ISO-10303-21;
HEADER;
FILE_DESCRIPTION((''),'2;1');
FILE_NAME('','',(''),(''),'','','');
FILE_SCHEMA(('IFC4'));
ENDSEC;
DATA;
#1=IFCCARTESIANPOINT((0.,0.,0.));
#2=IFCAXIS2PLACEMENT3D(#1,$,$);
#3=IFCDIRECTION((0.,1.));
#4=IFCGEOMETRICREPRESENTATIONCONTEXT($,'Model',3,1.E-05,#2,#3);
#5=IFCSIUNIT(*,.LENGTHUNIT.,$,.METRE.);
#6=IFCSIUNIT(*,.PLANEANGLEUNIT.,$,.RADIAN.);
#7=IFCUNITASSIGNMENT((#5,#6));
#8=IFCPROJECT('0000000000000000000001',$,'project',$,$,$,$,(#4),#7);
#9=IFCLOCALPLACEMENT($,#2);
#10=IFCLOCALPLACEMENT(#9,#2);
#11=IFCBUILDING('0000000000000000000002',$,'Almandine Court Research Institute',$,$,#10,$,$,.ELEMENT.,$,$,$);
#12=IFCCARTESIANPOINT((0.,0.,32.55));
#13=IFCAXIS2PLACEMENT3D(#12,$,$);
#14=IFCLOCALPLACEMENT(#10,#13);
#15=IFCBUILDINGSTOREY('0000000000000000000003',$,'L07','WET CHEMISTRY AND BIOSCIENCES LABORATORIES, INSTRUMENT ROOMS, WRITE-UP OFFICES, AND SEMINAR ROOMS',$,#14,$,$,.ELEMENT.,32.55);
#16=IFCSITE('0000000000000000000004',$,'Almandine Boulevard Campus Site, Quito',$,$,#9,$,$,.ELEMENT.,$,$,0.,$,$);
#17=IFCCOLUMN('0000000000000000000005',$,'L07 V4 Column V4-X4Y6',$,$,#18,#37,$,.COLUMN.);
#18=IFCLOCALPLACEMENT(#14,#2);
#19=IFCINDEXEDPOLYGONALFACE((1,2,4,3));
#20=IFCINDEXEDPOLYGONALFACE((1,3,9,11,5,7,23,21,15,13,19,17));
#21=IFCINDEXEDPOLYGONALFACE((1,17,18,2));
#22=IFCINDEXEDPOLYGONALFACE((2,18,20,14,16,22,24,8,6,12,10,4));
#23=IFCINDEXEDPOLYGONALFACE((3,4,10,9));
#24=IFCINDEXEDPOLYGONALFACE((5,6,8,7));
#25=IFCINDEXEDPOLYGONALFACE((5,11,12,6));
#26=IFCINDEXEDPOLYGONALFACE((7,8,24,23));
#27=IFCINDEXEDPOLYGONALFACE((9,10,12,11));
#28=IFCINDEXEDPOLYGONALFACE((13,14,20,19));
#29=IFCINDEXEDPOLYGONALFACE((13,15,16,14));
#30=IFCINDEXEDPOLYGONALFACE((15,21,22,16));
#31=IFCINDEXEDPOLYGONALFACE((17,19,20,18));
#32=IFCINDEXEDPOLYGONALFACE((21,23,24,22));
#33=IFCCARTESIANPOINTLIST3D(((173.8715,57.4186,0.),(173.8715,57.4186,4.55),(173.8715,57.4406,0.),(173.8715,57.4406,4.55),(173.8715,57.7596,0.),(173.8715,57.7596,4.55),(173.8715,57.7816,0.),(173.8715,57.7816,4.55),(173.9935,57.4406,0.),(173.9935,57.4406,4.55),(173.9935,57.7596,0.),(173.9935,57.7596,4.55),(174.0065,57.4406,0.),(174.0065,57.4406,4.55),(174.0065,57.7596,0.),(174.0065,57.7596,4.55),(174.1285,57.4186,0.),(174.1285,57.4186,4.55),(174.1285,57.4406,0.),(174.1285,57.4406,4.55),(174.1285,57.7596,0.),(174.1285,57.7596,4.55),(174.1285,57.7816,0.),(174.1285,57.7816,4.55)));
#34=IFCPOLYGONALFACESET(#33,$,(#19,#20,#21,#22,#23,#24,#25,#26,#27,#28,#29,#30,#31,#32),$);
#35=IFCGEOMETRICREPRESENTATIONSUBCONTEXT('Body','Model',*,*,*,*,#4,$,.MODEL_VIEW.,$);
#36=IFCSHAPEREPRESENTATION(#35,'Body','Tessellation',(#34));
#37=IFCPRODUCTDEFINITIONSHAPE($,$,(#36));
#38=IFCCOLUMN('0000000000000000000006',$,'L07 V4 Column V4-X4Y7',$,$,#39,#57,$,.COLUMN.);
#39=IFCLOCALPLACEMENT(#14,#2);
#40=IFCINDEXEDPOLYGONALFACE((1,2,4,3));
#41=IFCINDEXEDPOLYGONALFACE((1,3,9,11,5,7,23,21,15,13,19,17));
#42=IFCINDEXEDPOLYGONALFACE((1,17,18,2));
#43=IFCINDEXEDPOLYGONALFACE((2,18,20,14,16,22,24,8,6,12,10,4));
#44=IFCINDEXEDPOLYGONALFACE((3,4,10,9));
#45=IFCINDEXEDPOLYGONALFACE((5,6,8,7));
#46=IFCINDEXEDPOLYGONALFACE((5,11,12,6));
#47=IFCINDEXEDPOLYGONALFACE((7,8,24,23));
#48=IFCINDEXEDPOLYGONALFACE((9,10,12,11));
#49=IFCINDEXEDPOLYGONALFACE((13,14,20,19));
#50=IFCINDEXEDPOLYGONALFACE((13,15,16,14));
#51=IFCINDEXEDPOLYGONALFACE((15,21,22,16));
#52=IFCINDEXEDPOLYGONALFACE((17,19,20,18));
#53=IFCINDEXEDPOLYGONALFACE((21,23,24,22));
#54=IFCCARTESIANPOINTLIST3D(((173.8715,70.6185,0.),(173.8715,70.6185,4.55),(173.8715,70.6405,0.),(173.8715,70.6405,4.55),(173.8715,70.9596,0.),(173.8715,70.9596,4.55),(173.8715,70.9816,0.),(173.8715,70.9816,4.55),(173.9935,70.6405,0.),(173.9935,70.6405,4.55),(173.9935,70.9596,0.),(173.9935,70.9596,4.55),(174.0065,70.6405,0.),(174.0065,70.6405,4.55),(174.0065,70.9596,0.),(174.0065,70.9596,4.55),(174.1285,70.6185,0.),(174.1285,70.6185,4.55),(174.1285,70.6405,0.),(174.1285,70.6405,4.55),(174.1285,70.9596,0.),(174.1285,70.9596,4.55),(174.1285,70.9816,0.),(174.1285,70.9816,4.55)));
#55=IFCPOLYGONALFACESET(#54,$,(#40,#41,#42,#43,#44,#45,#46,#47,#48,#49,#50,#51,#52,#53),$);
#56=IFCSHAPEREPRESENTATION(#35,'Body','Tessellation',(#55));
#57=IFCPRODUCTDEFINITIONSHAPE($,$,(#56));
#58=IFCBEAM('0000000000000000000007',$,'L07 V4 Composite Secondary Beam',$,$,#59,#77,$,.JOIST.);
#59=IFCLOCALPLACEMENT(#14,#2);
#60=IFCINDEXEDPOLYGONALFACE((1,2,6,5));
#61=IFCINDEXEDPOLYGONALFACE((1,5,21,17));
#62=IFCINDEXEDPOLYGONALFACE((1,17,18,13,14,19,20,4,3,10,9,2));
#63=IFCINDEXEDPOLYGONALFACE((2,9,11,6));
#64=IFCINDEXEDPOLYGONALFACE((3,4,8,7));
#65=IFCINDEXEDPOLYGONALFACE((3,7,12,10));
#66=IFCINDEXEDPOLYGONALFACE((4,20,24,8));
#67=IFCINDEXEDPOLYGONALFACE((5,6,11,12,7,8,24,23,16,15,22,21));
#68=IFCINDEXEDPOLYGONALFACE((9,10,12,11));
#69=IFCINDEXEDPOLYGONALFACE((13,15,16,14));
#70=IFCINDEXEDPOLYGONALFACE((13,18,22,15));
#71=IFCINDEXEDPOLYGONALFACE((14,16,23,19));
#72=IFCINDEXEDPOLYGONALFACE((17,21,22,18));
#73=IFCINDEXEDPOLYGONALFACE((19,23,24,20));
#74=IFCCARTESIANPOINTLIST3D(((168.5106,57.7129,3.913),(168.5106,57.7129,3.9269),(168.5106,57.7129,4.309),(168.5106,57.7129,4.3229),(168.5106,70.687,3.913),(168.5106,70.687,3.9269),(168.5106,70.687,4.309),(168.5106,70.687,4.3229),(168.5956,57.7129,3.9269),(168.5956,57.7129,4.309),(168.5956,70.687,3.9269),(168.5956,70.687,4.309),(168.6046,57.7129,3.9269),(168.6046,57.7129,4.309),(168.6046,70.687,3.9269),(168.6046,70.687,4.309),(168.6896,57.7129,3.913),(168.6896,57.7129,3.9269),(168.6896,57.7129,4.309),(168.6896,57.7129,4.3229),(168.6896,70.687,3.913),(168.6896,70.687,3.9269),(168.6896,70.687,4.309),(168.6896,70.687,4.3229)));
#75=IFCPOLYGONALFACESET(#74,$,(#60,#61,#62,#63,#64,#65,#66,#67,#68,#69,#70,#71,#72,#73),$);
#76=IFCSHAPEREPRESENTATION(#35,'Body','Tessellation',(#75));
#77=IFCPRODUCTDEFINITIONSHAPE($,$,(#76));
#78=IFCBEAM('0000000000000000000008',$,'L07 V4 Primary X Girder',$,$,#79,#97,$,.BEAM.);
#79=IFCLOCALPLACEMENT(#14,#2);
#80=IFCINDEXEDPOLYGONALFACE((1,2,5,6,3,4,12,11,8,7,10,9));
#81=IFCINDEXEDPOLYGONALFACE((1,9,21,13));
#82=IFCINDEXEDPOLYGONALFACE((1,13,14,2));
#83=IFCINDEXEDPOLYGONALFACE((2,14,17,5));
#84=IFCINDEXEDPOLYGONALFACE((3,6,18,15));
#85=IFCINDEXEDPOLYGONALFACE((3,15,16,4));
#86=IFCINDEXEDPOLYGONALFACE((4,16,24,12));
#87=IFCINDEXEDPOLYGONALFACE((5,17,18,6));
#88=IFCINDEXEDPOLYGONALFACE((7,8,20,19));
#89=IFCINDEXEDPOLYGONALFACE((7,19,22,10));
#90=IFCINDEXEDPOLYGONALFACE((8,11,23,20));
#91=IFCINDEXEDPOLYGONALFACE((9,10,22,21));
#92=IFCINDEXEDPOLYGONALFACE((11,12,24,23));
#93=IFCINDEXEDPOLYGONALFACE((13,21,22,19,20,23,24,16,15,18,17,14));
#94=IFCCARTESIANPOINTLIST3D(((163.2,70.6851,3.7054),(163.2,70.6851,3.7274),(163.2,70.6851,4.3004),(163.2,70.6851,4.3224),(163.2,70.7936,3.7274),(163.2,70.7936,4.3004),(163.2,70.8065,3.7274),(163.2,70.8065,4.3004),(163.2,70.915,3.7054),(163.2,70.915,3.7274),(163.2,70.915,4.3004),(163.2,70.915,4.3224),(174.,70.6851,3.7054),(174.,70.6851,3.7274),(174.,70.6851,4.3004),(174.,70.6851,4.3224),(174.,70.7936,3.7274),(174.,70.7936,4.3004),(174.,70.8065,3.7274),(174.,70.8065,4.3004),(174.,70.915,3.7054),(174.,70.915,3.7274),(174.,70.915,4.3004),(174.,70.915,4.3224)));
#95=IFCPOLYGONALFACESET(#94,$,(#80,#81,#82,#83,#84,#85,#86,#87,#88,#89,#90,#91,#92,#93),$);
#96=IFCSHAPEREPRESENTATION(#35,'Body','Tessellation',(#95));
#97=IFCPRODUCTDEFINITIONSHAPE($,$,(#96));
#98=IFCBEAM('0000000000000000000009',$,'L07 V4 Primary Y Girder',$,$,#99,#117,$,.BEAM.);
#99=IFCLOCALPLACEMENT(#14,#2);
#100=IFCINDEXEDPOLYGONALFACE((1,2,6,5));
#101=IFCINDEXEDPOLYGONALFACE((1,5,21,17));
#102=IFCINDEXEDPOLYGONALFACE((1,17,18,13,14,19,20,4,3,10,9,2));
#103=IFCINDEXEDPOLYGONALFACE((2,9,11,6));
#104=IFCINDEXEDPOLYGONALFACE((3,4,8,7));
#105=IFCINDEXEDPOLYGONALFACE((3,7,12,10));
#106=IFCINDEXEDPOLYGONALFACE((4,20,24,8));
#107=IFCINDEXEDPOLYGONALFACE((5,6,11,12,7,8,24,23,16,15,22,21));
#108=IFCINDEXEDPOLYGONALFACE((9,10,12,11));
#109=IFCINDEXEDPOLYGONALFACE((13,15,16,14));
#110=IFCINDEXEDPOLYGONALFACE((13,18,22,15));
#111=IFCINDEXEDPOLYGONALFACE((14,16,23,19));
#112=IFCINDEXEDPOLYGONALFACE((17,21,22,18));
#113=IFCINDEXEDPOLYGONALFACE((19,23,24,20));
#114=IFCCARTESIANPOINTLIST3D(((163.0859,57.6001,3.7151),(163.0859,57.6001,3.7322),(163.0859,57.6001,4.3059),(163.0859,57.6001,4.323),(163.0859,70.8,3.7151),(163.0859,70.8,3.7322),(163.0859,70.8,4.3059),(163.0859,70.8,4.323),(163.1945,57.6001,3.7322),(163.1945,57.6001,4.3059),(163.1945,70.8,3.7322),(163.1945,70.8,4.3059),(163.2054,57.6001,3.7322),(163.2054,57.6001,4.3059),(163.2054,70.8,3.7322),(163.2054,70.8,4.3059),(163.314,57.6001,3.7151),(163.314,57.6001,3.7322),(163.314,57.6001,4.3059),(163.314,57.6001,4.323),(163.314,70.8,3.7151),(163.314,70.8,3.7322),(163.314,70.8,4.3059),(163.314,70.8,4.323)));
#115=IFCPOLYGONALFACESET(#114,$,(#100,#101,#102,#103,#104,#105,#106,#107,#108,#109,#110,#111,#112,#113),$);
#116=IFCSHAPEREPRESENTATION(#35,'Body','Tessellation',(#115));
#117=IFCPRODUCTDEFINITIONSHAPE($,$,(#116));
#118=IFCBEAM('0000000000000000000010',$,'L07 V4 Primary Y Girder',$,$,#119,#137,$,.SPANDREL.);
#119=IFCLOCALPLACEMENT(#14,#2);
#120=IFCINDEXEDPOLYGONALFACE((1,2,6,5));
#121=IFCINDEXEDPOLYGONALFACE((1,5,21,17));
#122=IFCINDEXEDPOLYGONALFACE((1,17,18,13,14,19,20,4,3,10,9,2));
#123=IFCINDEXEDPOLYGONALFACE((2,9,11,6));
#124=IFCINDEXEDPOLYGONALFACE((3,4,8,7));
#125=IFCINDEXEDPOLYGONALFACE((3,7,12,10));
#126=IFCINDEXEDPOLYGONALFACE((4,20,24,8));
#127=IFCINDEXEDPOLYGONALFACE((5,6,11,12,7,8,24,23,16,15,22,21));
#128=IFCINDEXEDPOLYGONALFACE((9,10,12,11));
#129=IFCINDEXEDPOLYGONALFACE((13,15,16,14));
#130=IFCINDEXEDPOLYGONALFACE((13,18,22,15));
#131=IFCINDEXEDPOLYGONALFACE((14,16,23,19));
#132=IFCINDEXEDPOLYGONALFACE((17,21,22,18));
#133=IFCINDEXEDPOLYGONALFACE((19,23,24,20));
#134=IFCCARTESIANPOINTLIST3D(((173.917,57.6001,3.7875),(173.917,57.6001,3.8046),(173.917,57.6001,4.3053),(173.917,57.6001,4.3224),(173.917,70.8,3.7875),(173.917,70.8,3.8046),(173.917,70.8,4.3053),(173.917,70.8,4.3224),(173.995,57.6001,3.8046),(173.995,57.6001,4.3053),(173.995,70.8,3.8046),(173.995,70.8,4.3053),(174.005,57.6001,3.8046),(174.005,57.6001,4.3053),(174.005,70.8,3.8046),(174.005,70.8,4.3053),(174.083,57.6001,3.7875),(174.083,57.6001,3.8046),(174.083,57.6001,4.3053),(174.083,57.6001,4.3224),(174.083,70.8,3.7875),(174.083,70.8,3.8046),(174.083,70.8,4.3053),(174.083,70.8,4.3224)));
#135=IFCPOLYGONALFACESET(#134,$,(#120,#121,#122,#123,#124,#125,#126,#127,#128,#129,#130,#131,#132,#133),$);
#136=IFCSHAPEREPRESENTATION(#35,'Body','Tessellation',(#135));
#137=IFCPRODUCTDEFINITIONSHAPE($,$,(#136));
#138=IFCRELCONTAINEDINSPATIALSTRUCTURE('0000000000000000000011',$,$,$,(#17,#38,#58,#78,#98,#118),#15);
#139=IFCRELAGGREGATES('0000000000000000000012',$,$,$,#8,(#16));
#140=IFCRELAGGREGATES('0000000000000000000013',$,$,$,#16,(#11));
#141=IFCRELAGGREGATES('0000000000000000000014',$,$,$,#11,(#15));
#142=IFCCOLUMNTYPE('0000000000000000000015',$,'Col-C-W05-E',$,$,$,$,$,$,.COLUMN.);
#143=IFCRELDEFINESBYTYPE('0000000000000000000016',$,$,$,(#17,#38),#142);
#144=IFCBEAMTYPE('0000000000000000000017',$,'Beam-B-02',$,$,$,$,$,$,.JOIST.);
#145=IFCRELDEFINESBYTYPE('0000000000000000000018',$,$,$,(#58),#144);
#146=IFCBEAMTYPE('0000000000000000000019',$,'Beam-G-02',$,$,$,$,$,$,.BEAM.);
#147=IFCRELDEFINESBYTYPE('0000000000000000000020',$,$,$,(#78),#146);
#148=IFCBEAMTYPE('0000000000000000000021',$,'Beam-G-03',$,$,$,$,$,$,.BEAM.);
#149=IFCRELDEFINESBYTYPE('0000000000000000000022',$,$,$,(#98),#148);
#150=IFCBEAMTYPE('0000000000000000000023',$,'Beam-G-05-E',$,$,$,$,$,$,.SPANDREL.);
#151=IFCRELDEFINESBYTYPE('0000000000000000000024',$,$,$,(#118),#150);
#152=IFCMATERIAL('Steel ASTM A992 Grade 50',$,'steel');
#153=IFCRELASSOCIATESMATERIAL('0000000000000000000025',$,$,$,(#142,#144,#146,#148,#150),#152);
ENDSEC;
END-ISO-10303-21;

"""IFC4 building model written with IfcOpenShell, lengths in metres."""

from ifc_helpers import new_model, si_unit, direction, frame, origin, origin_2d, place, context, subcontext, project, spatial, i_section, extrude, material, material_profile, profile_set, type_object, element, save


model = new_model("IFC4")

# Units and contexts
model_context = context("Model", 3, precision=1e-05, world=origin(), true_north=direction((0.0, 1.0)))
body_context = subcontext(model_context, "Body", "Model", "MODEL_VIEW")
ifc_project = project(units=[si_unit("LENGTHUNIT", "METRE"), si_unit("PLANEANGLEUNIT", "RADIAN")], contexts=[model_context])

# Site, building, storey
site_placement = place(None, origin())
site = spatial("IfcSite", under=ifc_project, at=site_placement, Name="Almandine Boulevard Campus Site, Quito", CompositionType="ELEMENT", RefElevation=0.0)
building_placement = place(site_placement, origin())
building = spatial("IfcBuilding", under=site, at=building_placement, Name="Almandine Court Research Institute", CompositionType="ELEMENT")
storey_placement = place(building_placement, frame((0.0, 0.0, 32.55)))
storey = spatial("IfcBuildingStorey", under=building, at=storey_placement, Name="L07", Description="WET CHEMISTRY AND BIOSCIENCES LABORATORIES, INSTRUMENT ROOMS, WRITE-UP OFFICES, AND SEMINAR ROOMS", CompositionType="ELEMENT", Elevation=32.55)

# Columns
ifc_material_1 = material(Name="Steel ASTM A992 Grade 50", Category="steel")
ifc_material_profile_1 = material_profile(ifc_material_1, i_section(OverallWidth=0.2571, OverallDepth=0.363, WebThickness=0.0129, FlangeThickness=0.022, at=origin_2d()), Name="W360x122")
ifc_profile_set_1 = profile_set([ifc_material_profile_1], Name="Steel ASTM A992 Grade 50")
column_type = type_object("IfcColumnType", Name="Col-C-W05-E", PredefinedType="COLUMN", material=ifc_profile_set_1)
for number, where, z_axis, x_axis, name in (
    (1, (174.0, 57.6001, 0.0), (0.0, 0.0, 1.0), (1.0, 0.0, 0.0), "L07 V4 Column V4-X4Y6"),
    (2, (174.0, 70.8, 0.0), (0.0, 0.0, 1.0), (1.0, 0.0, 0.0), "L07 V4 Column V4-X4Y7"),
):
    element("IfcColumn", number, at=place(storey_placement, frame(where, z_axis=z_axis, x_axis=x_axis)), inside=storey, type_object=column_type, Name=name, PredefinedType="COLUMN", context=body_context, shape_type="SweptSolid", body=[
        extrude(i_section(OverallWidth=0.2571, OverallDepth=0.363, WebThickness=0.0129, FlangeThickness=0.022, at=origin_2d()), origin(), (0.0, 0.0, 1.0), 4.55),
    ])

# Beams
ifc_material_profile_2 = material_profile(ifc_material_1, i_section(OverallWidth=0.179, OverallDepth=0.4099, WebThickness=0.009, FlangeThickness=0.0139, at=origin_2d()), Name="W410x67")
ifc_profile_set_2 = profile_set([ifc_material_profile_2], Name="Steel ASTM A992 Grade 50")
beam_type_1 = type_object("IfcBeamType", Name="Beam-B-02", PredefinedType="JOIST", material=ifc_profile_set_2)
beam_1_placement = place(storey_placement, frame((168.6001, 57.7129, 4.1179), z_axis=(0.0, 1.0, 0.0), x_axis=(-1.0, 0.0, 0.0)))
element("IfcBeam", 3, at=beam_1_placement, inside=storey, type_object=beam_type_1, Name="L07 V4 Composite Secondary Beam", PredefinedType="JOIST", context=body_context, shape_type="SweptSolid", body=[
    extrude(i_section(OverallWidth=0.179, OverallDepth=0.4099, WebThickness=0.009, FlangeThickness=0.0139, at=origin_2d()), origin(), (0.0, 0.0, 1.0), 12.9741),
])
ifc_material_profile_3 = material_profile(ifc_material_1, i_section(OverallWidth=0.23, OverallDepth=0.6169, WebThickness=0.0129, FlangeThickness=0.022, at=origin_2d()), Name="W610x140")
ifc_profile_set_3 = profile_set([ifc_material_profile_3], Name="Steel ASTM A992 Grade 50")
beam_type_2 = type_object("IfcBeamType", Name="Beam-G-02", PredefinedType="BEAM", material=ifc_profile_set_3)
beam_2_placement = place(storey_placement, frame((163.2, 70.8, 4.0139), z_axis=(1.0, 0.0, 0.0), x_axis=(0.0, 1.0, 0.0)))
element("IfcBeam", 4, at=beam_2_placement, inside=storey, type_object=beam_type_2, Name="L07 V4 Primary X Girder", PredefinedType="BEAM", context=body_context, shape_type="SweptSolid", body=[
    extrude(i_section(OverallWidth=0.23, OverallDepth=0.6169, WebThickness=0.0129, FlangeThickness=0.022, at=origin_2d()), origin(), (0.0, 0.0, 1.0), 10.8),
])
ifc_material_profile_4 = material_profile(ifc_material_1, i_section(OverallWidth=0.228, OverallDepth=0.6079, WebThickness=0.011, FlangeThickness=0.0171, at=origin_2d()), Name="W610x113")
ifc_profile_set_4 = profile_set([ifc_material_profile_4], Name="Steel ASTM A992 Grade 50")
beam_type_3 = type_object("IfcBeamType", Name="Beam-G-03", PredefinedType="BEAM", material=ifc_profile_set_4)
beam_3_placement = place(storey_placement, frame((163.2, 57.6001, 4.019), z_axis=(0.0, 1.0, 0.0), x_axis=(-1.0, 0.0, 0.0)))
element("IfcBeam", 5, at=beam_3_placement, inside=storey, type_object=beam_type_3, Name="L07 V4 Primary Y Girder", PredefinedType="BEAM", context=body_context, shape_type="SweptSolid", body=[
    extrude(i_section(OverallWidth=0.228, OverallDepth=0.6079, WebThickness=0.011, FlangeThickness=0.0171, at=origin_2d()), origin(), (0.0, 0.0, 1.0), 13.2),
])
ifc_material_profile_5 = material_profile(ifc_material_1, i_section(OverallWidth=0.166, OverallDepth=0.5349, WebThickness=0.01, FlangeThickness=0.0171, at=origin_2d()), Name="W530x85")
ifc_profile_set_5 = profile_set([ifc_material_profile_5], Name="Steel ASTM A992 Grade 50")
beam_type_4 = type_object("IfcBeamType", Name="Beam-G-05-E", PredefinedType="SPANDREL", material=ifc_profile_set_5)
beam_4_placement = place(storey_placement, frame((174.0, 57.6001, 4.0549), z_axis=(0.0, 1.0, 0.0), x_axis=(-1.0, 0.0, 0.0)))
element("IfcBeam", 6, at=beam_4_placement, inside=storey, type_object=beam_type_4, Name="L07 V4 Primary Y Girder", PredefinedType="SPANDREL", context=body_context, shape_type="SweptSolid", body=[
    extrude(i_section(OverallWidth=0.166, OverallDepth=0.5349, WebThickness=0.01, FlangeThickness=0.0171, at=origin_2d()), origin(), (0.0, 0.0, 1.0), 13.2),
])

save(model, "model.ifc")
